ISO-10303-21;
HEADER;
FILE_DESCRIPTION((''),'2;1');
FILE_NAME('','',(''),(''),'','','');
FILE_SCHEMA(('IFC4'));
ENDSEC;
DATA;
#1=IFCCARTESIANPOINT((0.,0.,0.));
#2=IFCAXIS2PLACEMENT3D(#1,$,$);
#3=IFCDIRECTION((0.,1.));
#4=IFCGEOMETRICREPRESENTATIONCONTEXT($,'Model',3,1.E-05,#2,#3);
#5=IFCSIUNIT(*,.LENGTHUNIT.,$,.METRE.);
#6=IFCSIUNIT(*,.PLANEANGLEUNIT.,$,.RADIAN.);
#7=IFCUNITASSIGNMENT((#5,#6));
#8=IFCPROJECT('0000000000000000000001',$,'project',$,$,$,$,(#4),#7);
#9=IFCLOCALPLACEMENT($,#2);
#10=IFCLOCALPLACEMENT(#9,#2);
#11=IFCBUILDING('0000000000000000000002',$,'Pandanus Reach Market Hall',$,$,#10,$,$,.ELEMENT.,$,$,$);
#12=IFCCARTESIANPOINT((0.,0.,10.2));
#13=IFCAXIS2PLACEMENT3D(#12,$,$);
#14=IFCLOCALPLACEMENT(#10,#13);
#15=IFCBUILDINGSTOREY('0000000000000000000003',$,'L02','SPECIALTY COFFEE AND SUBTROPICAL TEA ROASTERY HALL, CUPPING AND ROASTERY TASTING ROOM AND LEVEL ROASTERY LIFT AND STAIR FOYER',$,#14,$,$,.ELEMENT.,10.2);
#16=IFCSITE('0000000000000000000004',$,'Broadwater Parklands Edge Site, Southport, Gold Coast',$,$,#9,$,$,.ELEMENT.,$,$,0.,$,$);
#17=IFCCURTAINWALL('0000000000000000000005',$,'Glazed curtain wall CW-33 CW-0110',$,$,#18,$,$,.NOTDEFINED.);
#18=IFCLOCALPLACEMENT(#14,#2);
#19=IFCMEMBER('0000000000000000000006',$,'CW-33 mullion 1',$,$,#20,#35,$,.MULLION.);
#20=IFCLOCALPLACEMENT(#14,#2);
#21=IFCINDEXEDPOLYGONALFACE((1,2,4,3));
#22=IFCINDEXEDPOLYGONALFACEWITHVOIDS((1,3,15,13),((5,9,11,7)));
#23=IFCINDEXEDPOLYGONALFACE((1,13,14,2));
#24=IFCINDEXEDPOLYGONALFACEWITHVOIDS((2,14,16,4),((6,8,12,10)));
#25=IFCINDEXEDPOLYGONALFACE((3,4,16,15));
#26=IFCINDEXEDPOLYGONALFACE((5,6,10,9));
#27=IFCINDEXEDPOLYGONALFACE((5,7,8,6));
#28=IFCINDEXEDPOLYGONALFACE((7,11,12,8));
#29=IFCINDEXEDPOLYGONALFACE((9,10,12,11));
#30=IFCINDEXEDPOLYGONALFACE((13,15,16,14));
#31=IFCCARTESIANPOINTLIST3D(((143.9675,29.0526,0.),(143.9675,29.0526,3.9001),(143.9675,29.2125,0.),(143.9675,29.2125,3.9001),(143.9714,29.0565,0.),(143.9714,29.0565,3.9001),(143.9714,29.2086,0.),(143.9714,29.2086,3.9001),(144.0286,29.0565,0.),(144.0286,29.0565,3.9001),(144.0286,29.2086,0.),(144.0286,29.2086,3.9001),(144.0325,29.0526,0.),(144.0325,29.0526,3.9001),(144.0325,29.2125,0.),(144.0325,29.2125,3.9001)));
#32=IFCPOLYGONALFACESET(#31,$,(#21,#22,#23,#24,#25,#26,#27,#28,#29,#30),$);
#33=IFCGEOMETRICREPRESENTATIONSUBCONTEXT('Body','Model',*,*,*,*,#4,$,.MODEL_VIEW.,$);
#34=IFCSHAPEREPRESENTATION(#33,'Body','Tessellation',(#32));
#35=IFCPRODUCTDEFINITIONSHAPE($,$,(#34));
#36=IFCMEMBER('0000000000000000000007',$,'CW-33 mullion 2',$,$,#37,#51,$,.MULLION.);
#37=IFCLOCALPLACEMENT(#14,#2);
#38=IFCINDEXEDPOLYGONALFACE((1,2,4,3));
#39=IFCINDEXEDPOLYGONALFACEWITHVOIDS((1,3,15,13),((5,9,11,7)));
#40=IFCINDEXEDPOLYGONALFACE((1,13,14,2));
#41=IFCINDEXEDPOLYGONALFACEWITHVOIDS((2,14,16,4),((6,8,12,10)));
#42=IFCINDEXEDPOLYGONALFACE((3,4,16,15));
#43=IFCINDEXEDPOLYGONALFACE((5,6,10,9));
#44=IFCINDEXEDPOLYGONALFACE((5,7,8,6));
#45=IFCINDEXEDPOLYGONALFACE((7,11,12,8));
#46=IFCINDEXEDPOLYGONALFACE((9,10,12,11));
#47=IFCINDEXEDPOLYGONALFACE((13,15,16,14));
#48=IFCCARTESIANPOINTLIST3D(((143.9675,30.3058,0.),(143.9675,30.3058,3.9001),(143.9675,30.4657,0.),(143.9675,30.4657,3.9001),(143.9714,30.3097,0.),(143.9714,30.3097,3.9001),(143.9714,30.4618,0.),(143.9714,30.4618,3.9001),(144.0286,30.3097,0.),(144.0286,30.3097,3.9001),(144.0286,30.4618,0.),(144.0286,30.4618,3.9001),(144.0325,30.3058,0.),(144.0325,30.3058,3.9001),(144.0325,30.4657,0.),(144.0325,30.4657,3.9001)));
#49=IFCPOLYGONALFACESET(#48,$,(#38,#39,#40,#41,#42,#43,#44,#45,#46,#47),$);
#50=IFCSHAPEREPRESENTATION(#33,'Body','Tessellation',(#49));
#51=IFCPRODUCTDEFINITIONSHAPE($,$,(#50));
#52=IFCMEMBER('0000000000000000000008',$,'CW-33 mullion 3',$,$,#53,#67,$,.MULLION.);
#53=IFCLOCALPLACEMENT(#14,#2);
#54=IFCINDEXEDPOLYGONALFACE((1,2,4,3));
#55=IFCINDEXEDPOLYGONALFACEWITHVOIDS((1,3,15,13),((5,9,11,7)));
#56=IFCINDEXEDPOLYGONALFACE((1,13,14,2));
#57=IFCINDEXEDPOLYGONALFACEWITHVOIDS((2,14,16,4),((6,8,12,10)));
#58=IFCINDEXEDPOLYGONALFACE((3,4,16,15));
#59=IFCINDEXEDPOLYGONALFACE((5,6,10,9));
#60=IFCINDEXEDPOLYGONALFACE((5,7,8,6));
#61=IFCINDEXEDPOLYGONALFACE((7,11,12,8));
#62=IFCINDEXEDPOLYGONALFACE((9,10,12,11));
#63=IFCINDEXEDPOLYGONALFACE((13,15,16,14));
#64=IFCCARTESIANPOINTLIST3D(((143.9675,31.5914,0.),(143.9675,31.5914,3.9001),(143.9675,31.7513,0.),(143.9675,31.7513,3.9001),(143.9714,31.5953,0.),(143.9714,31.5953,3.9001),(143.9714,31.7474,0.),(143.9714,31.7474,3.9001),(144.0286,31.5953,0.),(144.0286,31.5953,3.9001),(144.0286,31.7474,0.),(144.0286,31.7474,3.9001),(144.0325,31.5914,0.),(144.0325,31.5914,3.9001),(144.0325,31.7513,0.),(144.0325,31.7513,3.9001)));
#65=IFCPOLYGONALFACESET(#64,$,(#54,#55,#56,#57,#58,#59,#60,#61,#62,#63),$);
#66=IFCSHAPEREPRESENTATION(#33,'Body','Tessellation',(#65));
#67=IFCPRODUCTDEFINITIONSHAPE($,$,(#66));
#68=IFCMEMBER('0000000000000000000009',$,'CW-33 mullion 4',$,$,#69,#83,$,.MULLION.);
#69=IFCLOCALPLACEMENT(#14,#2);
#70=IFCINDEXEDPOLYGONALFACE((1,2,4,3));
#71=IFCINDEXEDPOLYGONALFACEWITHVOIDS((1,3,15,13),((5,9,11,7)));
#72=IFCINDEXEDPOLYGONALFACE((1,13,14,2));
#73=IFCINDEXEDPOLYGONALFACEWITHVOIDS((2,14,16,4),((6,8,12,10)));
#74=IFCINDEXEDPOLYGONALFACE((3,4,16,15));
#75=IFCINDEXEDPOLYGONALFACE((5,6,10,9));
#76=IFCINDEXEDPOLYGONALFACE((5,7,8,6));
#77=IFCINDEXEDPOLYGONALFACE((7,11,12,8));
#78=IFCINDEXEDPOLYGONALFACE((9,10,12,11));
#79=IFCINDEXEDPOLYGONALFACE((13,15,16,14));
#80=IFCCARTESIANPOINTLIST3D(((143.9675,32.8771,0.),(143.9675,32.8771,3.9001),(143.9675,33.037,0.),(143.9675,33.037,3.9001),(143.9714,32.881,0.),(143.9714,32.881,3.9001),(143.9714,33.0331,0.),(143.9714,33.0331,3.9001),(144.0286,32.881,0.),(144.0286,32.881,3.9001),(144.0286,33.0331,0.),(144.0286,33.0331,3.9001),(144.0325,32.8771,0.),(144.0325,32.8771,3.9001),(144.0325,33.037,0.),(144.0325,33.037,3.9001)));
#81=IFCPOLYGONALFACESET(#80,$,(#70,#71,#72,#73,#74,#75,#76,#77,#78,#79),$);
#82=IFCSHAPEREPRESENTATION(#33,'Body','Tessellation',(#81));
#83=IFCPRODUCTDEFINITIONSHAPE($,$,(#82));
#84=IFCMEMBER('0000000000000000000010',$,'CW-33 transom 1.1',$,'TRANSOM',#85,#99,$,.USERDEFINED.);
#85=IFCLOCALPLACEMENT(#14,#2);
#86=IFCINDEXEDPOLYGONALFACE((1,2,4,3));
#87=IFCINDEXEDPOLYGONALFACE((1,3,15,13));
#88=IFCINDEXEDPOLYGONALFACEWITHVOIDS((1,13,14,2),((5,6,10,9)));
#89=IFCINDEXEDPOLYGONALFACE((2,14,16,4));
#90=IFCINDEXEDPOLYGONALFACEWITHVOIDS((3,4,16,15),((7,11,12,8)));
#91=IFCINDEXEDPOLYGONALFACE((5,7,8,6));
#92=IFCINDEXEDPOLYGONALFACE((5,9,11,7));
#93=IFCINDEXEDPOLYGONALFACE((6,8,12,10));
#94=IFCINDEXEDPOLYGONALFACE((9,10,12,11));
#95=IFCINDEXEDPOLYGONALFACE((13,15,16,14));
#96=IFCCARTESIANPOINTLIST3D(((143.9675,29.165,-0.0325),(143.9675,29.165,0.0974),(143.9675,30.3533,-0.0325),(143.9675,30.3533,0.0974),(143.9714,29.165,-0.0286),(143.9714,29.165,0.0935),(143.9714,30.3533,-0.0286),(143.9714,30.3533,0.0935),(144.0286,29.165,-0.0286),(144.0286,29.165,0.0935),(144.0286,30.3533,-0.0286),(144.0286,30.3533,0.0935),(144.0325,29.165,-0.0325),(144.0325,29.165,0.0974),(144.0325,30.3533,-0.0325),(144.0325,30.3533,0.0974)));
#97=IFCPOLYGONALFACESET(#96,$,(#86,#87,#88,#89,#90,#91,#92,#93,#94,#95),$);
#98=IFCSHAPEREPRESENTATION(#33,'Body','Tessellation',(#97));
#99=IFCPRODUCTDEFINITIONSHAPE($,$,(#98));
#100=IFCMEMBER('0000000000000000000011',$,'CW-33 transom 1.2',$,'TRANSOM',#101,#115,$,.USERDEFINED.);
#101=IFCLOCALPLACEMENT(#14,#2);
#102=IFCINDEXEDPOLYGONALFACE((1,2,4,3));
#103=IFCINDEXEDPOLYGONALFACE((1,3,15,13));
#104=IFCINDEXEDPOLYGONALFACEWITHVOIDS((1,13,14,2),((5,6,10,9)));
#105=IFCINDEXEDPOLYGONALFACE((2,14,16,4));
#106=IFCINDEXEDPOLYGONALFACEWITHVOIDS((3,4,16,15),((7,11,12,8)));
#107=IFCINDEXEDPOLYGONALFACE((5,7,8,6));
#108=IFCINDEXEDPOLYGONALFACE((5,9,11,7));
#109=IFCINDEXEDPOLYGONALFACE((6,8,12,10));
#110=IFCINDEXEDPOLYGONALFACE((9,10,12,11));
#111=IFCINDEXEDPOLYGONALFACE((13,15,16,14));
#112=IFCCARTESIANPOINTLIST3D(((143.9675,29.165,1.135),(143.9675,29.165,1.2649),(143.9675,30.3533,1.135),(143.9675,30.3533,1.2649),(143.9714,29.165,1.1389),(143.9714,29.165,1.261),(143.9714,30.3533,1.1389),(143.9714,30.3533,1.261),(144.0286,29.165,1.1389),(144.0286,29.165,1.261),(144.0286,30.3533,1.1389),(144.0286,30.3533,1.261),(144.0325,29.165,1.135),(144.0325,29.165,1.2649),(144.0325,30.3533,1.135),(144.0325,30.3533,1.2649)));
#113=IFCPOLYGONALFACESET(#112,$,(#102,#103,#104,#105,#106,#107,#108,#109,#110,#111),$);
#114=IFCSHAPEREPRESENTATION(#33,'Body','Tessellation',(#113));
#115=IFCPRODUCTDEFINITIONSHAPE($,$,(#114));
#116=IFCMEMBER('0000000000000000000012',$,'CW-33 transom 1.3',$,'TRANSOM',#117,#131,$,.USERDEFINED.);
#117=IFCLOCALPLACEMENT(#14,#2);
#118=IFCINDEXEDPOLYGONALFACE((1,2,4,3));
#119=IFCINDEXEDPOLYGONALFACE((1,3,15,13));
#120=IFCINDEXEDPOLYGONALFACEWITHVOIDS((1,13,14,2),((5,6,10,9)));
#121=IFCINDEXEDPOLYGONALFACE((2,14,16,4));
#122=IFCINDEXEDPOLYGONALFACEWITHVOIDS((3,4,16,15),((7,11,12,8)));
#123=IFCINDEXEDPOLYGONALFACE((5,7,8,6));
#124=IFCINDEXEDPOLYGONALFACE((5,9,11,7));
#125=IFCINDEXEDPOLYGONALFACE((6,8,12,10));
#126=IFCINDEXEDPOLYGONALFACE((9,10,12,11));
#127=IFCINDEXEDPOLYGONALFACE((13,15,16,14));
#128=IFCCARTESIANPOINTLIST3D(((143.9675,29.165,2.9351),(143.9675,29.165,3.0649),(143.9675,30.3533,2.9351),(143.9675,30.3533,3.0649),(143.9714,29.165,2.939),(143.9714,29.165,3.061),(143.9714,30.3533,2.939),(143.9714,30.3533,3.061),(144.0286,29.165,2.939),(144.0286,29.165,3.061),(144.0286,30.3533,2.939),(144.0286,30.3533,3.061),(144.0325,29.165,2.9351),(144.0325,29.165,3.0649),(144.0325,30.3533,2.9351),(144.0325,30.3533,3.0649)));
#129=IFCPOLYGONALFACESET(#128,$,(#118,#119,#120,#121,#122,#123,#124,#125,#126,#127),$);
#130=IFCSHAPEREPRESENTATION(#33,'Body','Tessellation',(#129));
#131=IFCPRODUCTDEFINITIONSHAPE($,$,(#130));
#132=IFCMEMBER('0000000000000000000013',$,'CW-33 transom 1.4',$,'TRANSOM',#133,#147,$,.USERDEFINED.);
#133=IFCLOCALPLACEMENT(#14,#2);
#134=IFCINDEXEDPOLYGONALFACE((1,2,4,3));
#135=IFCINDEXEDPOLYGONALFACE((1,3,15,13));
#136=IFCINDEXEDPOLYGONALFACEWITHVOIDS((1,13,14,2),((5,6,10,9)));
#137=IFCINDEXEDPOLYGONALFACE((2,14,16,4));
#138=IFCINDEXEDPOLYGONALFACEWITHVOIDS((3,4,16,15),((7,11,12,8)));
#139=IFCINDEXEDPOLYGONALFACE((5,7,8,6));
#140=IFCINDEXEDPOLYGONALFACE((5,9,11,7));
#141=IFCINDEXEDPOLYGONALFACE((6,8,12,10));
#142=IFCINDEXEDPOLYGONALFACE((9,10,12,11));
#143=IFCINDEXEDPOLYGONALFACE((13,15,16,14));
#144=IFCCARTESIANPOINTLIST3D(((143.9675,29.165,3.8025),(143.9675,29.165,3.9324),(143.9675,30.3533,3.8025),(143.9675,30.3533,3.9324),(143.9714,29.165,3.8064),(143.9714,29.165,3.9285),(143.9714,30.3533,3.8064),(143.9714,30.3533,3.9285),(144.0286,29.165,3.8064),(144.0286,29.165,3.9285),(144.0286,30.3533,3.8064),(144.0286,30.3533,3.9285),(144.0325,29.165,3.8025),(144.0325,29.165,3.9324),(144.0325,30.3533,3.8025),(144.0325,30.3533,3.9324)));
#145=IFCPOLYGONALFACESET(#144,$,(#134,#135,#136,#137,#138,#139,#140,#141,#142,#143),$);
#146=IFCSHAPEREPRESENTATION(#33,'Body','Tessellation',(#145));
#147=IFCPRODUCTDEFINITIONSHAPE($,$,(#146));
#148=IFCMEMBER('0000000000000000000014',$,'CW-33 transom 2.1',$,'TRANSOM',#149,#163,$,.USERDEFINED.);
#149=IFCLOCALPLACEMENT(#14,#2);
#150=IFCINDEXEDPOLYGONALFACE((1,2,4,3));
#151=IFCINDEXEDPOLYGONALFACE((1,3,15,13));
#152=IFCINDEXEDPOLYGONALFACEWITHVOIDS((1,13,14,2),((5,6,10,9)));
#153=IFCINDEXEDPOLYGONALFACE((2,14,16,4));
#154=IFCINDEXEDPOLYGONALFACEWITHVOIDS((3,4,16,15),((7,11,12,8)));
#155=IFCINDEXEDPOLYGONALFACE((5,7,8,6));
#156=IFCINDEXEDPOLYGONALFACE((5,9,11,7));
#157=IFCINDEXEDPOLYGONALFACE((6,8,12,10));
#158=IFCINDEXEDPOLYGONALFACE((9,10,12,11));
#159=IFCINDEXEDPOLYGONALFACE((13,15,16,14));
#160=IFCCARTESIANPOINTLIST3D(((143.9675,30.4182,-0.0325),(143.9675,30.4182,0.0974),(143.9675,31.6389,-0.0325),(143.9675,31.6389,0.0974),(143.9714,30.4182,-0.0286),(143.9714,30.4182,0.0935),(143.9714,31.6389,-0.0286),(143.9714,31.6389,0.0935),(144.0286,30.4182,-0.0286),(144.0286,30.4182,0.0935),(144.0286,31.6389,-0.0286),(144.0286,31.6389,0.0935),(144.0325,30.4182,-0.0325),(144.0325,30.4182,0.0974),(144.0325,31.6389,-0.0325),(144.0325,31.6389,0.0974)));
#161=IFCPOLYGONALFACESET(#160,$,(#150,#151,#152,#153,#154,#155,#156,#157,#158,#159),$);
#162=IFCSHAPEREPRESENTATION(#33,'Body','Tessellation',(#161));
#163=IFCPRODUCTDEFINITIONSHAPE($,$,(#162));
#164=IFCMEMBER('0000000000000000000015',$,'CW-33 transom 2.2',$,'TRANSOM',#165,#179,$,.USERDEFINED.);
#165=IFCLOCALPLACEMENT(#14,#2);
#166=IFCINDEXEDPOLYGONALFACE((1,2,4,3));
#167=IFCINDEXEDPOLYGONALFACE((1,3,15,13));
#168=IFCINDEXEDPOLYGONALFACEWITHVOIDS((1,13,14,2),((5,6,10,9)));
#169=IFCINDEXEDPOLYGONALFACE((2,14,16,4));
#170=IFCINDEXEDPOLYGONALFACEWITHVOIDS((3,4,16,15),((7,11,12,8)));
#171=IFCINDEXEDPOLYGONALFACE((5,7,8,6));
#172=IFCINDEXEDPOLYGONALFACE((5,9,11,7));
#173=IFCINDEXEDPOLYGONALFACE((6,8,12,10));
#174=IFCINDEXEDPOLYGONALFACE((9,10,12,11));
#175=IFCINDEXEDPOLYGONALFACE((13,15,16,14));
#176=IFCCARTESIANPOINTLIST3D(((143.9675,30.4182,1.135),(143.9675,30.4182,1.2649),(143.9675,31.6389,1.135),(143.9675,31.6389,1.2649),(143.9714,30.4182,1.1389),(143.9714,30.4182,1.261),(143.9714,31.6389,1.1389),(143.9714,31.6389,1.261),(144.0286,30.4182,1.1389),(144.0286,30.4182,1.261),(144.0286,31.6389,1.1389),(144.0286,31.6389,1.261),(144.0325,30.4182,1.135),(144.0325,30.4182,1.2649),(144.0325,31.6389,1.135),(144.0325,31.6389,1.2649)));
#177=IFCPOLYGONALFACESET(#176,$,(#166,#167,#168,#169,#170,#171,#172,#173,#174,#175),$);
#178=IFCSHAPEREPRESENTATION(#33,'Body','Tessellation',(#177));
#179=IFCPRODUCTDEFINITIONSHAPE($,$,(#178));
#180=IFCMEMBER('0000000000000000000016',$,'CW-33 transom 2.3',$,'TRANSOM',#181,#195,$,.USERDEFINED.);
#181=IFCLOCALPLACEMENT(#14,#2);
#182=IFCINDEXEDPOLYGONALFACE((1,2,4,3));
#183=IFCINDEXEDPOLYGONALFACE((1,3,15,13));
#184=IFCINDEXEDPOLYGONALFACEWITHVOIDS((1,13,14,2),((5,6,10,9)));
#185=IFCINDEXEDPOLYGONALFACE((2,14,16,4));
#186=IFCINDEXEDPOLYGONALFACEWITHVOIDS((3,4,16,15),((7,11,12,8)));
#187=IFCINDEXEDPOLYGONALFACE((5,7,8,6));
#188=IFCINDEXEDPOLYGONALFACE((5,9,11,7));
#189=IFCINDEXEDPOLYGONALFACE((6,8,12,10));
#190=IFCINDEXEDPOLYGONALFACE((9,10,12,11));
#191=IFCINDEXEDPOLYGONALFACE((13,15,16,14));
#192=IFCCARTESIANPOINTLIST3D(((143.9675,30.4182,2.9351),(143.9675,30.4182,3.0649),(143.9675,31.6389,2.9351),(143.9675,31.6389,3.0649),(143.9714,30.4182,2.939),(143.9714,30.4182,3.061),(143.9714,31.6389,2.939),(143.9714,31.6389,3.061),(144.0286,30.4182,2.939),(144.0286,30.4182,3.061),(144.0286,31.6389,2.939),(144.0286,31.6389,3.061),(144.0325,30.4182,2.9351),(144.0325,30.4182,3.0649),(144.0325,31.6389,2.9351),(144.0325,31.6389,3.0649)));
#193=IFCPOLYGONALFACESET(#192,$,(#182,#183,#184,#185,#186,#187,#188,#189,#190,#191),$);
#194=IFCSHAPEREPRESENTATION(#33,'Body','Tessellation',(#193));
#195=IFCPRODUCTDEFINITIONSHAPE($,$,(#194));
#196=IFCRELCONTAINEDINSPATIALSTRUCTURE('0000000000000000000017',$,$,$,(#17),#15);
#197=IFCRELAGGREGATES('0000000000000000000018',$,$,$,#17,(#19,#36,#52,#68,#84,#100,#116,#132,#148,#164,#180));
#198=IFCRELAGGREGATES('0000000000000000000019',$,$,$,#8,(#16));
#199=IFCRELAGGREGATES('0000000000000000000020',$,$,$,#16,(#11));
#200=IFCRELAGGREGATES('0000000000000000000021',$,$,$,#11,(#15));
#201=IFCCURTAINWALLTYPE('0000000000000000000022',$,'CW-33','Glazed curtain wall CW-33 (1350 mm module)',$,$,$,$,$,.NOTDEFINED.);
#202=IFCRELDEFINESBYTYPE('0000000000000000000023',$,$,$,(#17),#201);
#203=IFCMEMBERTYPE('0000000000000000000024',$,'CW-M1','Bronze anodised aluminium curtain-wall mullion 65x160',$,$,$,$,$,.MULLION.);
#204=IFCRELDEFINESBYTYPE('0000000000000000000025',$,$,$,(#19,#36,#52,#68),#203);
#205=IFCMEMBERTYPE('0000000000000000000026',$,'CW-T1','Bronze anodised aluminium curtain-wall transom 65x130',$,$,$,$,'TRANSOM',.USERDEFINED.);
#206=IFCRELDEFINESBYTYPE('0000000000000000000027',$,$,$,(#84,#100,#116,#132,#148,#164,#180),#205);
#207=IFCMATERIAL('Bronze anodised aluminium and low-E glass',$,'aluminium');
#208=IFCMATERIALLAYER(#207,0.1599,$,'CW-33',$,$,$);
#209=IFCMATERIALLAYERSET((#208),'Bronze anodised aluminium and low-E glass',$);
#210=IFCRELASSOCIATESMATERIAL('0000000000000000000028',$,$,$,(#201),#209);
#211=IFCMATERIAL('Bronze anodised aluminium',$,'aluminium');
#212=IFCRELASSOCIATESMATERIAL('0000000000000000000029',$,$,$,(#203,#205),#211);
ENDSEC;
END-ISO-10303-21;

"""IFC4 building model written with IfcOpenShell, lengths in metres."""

from ifc_helpers import new_model, si_unit, direction, frame, origin, origin_2d, place, context, subcontext, project, spatial, hollow_rectangle, extrude, material, layer, layer_set, material_profile, profile_set, type_object, element, aggregate, save


model = new_model("IFC4")

# Units and contexts
model_context = context("Model", 3, precision=1e-05, world=origin(), true_north=direction((0.0, 1.0)))
body_context = subcontext(model_context, "Body", "Model", "MODEL_VIEW")
ifc_project = project(units=[si_unit("LENGTHUNIT", "METRE"), si_unit("PLANEANGLEUNIT", "RADIAN")], contexts=[model_context])

# Site, building, storey
site_placement = place(None, origin())
site = spatial("IfcSite", under=ifc_project, at=site_placement, Name="Broadwater Parklands Edge Site, Southport, Gold Coast", CompositionType="ELEMENT", RefElevation=0.0)
building_placement = place(site_placement, origin())
building = spatial("IfcBuilding", under=site, at=building_placement, Name="Pandanus Reach Market Hall", CompositionType="ELEMENT")
storey_placement = place(building_placement, frame((0.0, 0.0, 10.2)))
storey = spatial("IfcBuildingStorey", under=building, at=storey_placement, Name="L02", Description="SPECIALTY COFFEE AND SUBTROPICAL TEA ROASTERY HALL, CUPPING AND ROASTERY TASTING ROOM AND LEVEL ROASTERY LIFT AND STAIR FOYER", CompositionType="ELEMENT", Elevation=10.2)

# Curtain wall, members
ifc_material_1 = material(Name="Bronze anodised aluminium and low-E glass", Category="aluminium")
ifc_layer_1 = layer(ifc_material_1, 0.1599, Name="CW-33")
ifc_layer_set_1 = layer_set([ifc_layer_1], Name="Bronze anodised aluminium and low-E glass")
curtain_wall_type = type_object("IfcCurtainWallType", Name="CW-33", Description="Glazed curtain wall CW-33 (1350 mm module)", PredefinedType="NOTDEFINED", material=ifc_layer_set_1)
curtain_wall_1_placement = place(storey_placement, origin())
curtain_wall_1 = element("IfcCurtainWall", 1, at=curtain_wall_1_placement, inside=storey, type_object=curtain_wall_type, Name="Glazed curtain wall CW-33 CW-0110", PredefinedType="NOTDEFINED")
ifc_material_2 = material(Name="Bronze anodised aluminium", Category="aluminium")
ifc_material_profile_1 = material_profile(ifc_material_2, hollow_rectangle(XDim=0.0649, YDim=0.1599, WallThickness=0.0039, at=origin_2d()), Name="ALU65x160", Category="LoadBearing")
ifc_profile_set_1 = profile_set([ifc_material_profile_1], Name="Bronze anodised aluminium")
member_type_1 = type_object("IfcMemberType", Name="CW-M1", Description="Bronze anodised aluminium curtain-wall mullion 65x160", PredefinedType="MULLION", material=ifc_profile_set_1)
member_1_placement = place(storey_placement, frame((144.0, 29.1326, 0.0), z_axis=(0.0, 0.0, 1.0), x_axis=(-1.0, 0.0, 0.0)))
member_1 = element("IfcMember", 2, at=member_1_placement, type_object=member_type_1, Name="CW-33 mullion 1", PredefinedType="MULLION", context=body_context, shape_type="SweptSolid", body=[
    extrude(hollow_rectangle(XDim=0.0649, YDim=0.1599, WallThickness=0.0039, at=origin_2d()), origin(), (0.0, 0.0, 1.0), 3.9001),
])
member_2_placement = place(storey_placement, frame((144.0, 30.3857, 0.0), z_axis=(0.0, 0.0, 1.0), x_axis=(-1.0, 0.0, 0.0)))
member_2 = element("IfcMember", 3, at=member_2_placement, type_object=member_type_1, Name="CW-33 mullion 2", PredefinedType="MULLION", context=body_context, shape_type="SweptSolid", body=[
    extrude(hollow_rectangle(XDim=0.0649, YDim=0.1599, WallThickness=0.0039, at=origin_2d()), origin(), (0.0, 0.0, 1.0), 3.9001),
])
member_3_placement = place(storey_placement, frame((144.0, 31.6714, 0.0), z_axis=(0.0, 0.0, 1.0), x_axis=(-1.0, 0.0, 0.0)))
member_3 = element("IfcMember", 4, at=member_3_placement, type_object=member_type_1, Name="CW-33 mullion 3", PredefinedType="MULLION", context=body_context, shape_type="SweptSolid", body=[
    extrude(hollow_rectangle(XDim=0.0649, YDim=0.1599, WallThickness=0.0039, at=origin_2d()), origin(), (0.0, 0.0, 1.0), 3.9001),
])
member_4_placement = place(storey_placement, frame((144.0, 32.957, 0.0), z_axis=(0.0, 0.0, 1.0), x_axis=(-1.0, 0.0, 0.0)))
member_4 = element("IfcMember", 5, at=member_4_placement, type_object=member_type_1, Name="CW-33 mullion 4", PredefinedType="MULLION", context=body_context, shape_type="SweptSolid", body=[
    extrude(hollow_rectangle(XDim=0.0649, YDim=0.1599, WallThickness=0.0039, at=origin_2d()), origin(), (0.0, 0.0, 1.0), 3.9001),
])
ifc_material_profile_2 = material_profile(ifc_material_2, hollow_rectangle(XDim=0.0649, YDim=0.1299, WallThickness=0.0039, at=origin_2d()), Name="ALU65x130", Category="LoadBearing")
ifc_profile_set_2 = profile_set([ifc_material_profile_2], Name="Bronze anodised aluminium")
member_type_2 = type_object("IfcMemberType", Name="CW-T1", Description="Bronze anodised aluminium curtain-wall transom 65x130", ElementType="TRANSOM", PredefinedType="USERDEFINED", material=ifc_profile_set_2)
member_5_placement = place(storey_placement, frame((144.0, 29.165, 0.0325), z_axis=(0.0, 1.0, 0.0), x_axis=(-1.0, 0.0, 0.0)))
member_5 = element("IfcMember", 6, at=member_5_placement, type_object=member_type_2, Name="CW-33 transom 1.1", ObjectType="TRANSOM", PredefinedType="USERDEFINED", context=body_context, shape_type="SweptSolid", body=[
    extrude(hollow_rectangle(XDim=0.0649, YDim=0.1299, WallThickness=0.0039, at=origin_2d()), origin(), (0.0, 0.0, 1.0), 1.1882),
])
member_6_placement = place(storey_placement, frame((144.0, 29.165, 1.2), z_axis=(0.0, 1.0, 0.0), x_axis=(-1.0, 0.0, 0.0)))
member_6 = element("IfcMember", 7, at=member_6_placement, type_object=member_type_2, Name="CW-33 transom 1.2", ObjectType="TRANSOM", PredefinedType="USERDEFINED", context=body_context, shape_type="SweptSolid", body=[
    extrude(hollow_rectangle(XDim=0.0649, YDim=0.1299, WallThickness=0.0039, at=origin_2d()), origin(), (0.0, 0.0, 1.0), 1.1882),
])
member_7_placement = place(storey_placement, frame((144.0, 29.165, 3.0), z_axis=(0.0, 1.0, 0.0), x_axis=(-1.0, 0.0, 0.0)))
member_7 = element("IfcMember", 8, at=member_7_placement, type_object=member_type_2, Name="CW-33 transom 1.3", ObjectType="TRANSOM", PredefinedType="USERDEFINED", context=body_context, shape_type="SweptSolid", body=[
    extrude(hollow_rectangle(XDim=0.0649, YDim=0.1299, WallThickness=0.0039, at=origin_2d()), origin(), (0.0, 0.0, 1.0), 1.1882),
])
member_8_placement = place(storey_placement, frame((144.0, 29.165, 3.8674), z_axis=(0.0, 1.0, 0.0), x_axis=(-1.0, 0.0, 0.0)))
member_8 = element("IfcMember", 9, at=member_8_placement, type_object=member_type_2, Name="CW-33 transom 1.4", ObjectType="TRANSOM", PredefinedType="USERDEFINED", context=body_context, shape_type="SweptSolid", body=[
    extrude(hollow_rectangle(XDim=0.0649, YDim=0.1299, WallThickness=0.0039, at=origin_2d()), origin(), (0.0, 0.0, 1.0), 1.1882),
])
member_9_placement = place(storey_placement, frame((144.0, 30.4182, 0.0325), z_axis=(0.0, 1.0, 0.0), x_axis=(-1.0, 0.0, 0.0)))
member_9 = element("IfcMember", 10, at=member_9_placement, type_object=member_type_2, Name="CW-33 transom 2.1", ObjectType="TRANSOM", PredefinedType="USERDEFINED", context=body_context, shape_type="SweptSolid", body=[
    extrude(hollow_rectangle(XDim=0.0649, YDim=0.1299, WallThickness=0.0039, at=origin_2d()), origin(), (0.0, 0.0, 1.0), 1.2207),
])
member_10_placement = place(storey_placement, frame((144.0, 30.4182, 1.2), z_axis=(0.0, 1.0, 0.0), x_axis=(-1.0, 0.0, 0.0)))
member_10 = element("IfcMember", 11, at=member_10_placement, type_object=member_type_2, Name="CW-33 transom 2.2", ObjectType="TRANSOM", PredefinedType="USERDEFINED", context=body_context, shape_type="SweptSolid", body=[
    extrude(hollow_rectangle(XDim=0.0649, YDim=0.1299, WallThickness=0.0039, at=origin_2d()), origin(), (0.0, 0.0, 1.0), 1.2207),
])
member_11_placement = place(storey_placement, frame((144.0, 30.4182, 3.0), z_axis=(0.0, 1.0, 0.0), x_axis=(-1.0, 0.0, 0.0)))
member_11 = element("IfcMember", 12, at=member_11_placement, type_object=member_type_2, Name="CW-33 transom 2.3", ObjectType="TRANSOM", PredefinedType="USERDEFINED", context=body_context, shape_type="SweptSolid", body=[
    extrude(hollow_rectangle(XDim=0.0649, YDim=0.1299, WallThickness=0.0039, at=origin_2d()), origin(), (0.0, 0.0, 1.0), 1.2207),
])

aggregate(curtain_wall_1, [member_1, member_2, member_3, member_4, member_5, member_6, member_7, member_8, member_9, member_10, member_11])

save(model, "model.ifc")
